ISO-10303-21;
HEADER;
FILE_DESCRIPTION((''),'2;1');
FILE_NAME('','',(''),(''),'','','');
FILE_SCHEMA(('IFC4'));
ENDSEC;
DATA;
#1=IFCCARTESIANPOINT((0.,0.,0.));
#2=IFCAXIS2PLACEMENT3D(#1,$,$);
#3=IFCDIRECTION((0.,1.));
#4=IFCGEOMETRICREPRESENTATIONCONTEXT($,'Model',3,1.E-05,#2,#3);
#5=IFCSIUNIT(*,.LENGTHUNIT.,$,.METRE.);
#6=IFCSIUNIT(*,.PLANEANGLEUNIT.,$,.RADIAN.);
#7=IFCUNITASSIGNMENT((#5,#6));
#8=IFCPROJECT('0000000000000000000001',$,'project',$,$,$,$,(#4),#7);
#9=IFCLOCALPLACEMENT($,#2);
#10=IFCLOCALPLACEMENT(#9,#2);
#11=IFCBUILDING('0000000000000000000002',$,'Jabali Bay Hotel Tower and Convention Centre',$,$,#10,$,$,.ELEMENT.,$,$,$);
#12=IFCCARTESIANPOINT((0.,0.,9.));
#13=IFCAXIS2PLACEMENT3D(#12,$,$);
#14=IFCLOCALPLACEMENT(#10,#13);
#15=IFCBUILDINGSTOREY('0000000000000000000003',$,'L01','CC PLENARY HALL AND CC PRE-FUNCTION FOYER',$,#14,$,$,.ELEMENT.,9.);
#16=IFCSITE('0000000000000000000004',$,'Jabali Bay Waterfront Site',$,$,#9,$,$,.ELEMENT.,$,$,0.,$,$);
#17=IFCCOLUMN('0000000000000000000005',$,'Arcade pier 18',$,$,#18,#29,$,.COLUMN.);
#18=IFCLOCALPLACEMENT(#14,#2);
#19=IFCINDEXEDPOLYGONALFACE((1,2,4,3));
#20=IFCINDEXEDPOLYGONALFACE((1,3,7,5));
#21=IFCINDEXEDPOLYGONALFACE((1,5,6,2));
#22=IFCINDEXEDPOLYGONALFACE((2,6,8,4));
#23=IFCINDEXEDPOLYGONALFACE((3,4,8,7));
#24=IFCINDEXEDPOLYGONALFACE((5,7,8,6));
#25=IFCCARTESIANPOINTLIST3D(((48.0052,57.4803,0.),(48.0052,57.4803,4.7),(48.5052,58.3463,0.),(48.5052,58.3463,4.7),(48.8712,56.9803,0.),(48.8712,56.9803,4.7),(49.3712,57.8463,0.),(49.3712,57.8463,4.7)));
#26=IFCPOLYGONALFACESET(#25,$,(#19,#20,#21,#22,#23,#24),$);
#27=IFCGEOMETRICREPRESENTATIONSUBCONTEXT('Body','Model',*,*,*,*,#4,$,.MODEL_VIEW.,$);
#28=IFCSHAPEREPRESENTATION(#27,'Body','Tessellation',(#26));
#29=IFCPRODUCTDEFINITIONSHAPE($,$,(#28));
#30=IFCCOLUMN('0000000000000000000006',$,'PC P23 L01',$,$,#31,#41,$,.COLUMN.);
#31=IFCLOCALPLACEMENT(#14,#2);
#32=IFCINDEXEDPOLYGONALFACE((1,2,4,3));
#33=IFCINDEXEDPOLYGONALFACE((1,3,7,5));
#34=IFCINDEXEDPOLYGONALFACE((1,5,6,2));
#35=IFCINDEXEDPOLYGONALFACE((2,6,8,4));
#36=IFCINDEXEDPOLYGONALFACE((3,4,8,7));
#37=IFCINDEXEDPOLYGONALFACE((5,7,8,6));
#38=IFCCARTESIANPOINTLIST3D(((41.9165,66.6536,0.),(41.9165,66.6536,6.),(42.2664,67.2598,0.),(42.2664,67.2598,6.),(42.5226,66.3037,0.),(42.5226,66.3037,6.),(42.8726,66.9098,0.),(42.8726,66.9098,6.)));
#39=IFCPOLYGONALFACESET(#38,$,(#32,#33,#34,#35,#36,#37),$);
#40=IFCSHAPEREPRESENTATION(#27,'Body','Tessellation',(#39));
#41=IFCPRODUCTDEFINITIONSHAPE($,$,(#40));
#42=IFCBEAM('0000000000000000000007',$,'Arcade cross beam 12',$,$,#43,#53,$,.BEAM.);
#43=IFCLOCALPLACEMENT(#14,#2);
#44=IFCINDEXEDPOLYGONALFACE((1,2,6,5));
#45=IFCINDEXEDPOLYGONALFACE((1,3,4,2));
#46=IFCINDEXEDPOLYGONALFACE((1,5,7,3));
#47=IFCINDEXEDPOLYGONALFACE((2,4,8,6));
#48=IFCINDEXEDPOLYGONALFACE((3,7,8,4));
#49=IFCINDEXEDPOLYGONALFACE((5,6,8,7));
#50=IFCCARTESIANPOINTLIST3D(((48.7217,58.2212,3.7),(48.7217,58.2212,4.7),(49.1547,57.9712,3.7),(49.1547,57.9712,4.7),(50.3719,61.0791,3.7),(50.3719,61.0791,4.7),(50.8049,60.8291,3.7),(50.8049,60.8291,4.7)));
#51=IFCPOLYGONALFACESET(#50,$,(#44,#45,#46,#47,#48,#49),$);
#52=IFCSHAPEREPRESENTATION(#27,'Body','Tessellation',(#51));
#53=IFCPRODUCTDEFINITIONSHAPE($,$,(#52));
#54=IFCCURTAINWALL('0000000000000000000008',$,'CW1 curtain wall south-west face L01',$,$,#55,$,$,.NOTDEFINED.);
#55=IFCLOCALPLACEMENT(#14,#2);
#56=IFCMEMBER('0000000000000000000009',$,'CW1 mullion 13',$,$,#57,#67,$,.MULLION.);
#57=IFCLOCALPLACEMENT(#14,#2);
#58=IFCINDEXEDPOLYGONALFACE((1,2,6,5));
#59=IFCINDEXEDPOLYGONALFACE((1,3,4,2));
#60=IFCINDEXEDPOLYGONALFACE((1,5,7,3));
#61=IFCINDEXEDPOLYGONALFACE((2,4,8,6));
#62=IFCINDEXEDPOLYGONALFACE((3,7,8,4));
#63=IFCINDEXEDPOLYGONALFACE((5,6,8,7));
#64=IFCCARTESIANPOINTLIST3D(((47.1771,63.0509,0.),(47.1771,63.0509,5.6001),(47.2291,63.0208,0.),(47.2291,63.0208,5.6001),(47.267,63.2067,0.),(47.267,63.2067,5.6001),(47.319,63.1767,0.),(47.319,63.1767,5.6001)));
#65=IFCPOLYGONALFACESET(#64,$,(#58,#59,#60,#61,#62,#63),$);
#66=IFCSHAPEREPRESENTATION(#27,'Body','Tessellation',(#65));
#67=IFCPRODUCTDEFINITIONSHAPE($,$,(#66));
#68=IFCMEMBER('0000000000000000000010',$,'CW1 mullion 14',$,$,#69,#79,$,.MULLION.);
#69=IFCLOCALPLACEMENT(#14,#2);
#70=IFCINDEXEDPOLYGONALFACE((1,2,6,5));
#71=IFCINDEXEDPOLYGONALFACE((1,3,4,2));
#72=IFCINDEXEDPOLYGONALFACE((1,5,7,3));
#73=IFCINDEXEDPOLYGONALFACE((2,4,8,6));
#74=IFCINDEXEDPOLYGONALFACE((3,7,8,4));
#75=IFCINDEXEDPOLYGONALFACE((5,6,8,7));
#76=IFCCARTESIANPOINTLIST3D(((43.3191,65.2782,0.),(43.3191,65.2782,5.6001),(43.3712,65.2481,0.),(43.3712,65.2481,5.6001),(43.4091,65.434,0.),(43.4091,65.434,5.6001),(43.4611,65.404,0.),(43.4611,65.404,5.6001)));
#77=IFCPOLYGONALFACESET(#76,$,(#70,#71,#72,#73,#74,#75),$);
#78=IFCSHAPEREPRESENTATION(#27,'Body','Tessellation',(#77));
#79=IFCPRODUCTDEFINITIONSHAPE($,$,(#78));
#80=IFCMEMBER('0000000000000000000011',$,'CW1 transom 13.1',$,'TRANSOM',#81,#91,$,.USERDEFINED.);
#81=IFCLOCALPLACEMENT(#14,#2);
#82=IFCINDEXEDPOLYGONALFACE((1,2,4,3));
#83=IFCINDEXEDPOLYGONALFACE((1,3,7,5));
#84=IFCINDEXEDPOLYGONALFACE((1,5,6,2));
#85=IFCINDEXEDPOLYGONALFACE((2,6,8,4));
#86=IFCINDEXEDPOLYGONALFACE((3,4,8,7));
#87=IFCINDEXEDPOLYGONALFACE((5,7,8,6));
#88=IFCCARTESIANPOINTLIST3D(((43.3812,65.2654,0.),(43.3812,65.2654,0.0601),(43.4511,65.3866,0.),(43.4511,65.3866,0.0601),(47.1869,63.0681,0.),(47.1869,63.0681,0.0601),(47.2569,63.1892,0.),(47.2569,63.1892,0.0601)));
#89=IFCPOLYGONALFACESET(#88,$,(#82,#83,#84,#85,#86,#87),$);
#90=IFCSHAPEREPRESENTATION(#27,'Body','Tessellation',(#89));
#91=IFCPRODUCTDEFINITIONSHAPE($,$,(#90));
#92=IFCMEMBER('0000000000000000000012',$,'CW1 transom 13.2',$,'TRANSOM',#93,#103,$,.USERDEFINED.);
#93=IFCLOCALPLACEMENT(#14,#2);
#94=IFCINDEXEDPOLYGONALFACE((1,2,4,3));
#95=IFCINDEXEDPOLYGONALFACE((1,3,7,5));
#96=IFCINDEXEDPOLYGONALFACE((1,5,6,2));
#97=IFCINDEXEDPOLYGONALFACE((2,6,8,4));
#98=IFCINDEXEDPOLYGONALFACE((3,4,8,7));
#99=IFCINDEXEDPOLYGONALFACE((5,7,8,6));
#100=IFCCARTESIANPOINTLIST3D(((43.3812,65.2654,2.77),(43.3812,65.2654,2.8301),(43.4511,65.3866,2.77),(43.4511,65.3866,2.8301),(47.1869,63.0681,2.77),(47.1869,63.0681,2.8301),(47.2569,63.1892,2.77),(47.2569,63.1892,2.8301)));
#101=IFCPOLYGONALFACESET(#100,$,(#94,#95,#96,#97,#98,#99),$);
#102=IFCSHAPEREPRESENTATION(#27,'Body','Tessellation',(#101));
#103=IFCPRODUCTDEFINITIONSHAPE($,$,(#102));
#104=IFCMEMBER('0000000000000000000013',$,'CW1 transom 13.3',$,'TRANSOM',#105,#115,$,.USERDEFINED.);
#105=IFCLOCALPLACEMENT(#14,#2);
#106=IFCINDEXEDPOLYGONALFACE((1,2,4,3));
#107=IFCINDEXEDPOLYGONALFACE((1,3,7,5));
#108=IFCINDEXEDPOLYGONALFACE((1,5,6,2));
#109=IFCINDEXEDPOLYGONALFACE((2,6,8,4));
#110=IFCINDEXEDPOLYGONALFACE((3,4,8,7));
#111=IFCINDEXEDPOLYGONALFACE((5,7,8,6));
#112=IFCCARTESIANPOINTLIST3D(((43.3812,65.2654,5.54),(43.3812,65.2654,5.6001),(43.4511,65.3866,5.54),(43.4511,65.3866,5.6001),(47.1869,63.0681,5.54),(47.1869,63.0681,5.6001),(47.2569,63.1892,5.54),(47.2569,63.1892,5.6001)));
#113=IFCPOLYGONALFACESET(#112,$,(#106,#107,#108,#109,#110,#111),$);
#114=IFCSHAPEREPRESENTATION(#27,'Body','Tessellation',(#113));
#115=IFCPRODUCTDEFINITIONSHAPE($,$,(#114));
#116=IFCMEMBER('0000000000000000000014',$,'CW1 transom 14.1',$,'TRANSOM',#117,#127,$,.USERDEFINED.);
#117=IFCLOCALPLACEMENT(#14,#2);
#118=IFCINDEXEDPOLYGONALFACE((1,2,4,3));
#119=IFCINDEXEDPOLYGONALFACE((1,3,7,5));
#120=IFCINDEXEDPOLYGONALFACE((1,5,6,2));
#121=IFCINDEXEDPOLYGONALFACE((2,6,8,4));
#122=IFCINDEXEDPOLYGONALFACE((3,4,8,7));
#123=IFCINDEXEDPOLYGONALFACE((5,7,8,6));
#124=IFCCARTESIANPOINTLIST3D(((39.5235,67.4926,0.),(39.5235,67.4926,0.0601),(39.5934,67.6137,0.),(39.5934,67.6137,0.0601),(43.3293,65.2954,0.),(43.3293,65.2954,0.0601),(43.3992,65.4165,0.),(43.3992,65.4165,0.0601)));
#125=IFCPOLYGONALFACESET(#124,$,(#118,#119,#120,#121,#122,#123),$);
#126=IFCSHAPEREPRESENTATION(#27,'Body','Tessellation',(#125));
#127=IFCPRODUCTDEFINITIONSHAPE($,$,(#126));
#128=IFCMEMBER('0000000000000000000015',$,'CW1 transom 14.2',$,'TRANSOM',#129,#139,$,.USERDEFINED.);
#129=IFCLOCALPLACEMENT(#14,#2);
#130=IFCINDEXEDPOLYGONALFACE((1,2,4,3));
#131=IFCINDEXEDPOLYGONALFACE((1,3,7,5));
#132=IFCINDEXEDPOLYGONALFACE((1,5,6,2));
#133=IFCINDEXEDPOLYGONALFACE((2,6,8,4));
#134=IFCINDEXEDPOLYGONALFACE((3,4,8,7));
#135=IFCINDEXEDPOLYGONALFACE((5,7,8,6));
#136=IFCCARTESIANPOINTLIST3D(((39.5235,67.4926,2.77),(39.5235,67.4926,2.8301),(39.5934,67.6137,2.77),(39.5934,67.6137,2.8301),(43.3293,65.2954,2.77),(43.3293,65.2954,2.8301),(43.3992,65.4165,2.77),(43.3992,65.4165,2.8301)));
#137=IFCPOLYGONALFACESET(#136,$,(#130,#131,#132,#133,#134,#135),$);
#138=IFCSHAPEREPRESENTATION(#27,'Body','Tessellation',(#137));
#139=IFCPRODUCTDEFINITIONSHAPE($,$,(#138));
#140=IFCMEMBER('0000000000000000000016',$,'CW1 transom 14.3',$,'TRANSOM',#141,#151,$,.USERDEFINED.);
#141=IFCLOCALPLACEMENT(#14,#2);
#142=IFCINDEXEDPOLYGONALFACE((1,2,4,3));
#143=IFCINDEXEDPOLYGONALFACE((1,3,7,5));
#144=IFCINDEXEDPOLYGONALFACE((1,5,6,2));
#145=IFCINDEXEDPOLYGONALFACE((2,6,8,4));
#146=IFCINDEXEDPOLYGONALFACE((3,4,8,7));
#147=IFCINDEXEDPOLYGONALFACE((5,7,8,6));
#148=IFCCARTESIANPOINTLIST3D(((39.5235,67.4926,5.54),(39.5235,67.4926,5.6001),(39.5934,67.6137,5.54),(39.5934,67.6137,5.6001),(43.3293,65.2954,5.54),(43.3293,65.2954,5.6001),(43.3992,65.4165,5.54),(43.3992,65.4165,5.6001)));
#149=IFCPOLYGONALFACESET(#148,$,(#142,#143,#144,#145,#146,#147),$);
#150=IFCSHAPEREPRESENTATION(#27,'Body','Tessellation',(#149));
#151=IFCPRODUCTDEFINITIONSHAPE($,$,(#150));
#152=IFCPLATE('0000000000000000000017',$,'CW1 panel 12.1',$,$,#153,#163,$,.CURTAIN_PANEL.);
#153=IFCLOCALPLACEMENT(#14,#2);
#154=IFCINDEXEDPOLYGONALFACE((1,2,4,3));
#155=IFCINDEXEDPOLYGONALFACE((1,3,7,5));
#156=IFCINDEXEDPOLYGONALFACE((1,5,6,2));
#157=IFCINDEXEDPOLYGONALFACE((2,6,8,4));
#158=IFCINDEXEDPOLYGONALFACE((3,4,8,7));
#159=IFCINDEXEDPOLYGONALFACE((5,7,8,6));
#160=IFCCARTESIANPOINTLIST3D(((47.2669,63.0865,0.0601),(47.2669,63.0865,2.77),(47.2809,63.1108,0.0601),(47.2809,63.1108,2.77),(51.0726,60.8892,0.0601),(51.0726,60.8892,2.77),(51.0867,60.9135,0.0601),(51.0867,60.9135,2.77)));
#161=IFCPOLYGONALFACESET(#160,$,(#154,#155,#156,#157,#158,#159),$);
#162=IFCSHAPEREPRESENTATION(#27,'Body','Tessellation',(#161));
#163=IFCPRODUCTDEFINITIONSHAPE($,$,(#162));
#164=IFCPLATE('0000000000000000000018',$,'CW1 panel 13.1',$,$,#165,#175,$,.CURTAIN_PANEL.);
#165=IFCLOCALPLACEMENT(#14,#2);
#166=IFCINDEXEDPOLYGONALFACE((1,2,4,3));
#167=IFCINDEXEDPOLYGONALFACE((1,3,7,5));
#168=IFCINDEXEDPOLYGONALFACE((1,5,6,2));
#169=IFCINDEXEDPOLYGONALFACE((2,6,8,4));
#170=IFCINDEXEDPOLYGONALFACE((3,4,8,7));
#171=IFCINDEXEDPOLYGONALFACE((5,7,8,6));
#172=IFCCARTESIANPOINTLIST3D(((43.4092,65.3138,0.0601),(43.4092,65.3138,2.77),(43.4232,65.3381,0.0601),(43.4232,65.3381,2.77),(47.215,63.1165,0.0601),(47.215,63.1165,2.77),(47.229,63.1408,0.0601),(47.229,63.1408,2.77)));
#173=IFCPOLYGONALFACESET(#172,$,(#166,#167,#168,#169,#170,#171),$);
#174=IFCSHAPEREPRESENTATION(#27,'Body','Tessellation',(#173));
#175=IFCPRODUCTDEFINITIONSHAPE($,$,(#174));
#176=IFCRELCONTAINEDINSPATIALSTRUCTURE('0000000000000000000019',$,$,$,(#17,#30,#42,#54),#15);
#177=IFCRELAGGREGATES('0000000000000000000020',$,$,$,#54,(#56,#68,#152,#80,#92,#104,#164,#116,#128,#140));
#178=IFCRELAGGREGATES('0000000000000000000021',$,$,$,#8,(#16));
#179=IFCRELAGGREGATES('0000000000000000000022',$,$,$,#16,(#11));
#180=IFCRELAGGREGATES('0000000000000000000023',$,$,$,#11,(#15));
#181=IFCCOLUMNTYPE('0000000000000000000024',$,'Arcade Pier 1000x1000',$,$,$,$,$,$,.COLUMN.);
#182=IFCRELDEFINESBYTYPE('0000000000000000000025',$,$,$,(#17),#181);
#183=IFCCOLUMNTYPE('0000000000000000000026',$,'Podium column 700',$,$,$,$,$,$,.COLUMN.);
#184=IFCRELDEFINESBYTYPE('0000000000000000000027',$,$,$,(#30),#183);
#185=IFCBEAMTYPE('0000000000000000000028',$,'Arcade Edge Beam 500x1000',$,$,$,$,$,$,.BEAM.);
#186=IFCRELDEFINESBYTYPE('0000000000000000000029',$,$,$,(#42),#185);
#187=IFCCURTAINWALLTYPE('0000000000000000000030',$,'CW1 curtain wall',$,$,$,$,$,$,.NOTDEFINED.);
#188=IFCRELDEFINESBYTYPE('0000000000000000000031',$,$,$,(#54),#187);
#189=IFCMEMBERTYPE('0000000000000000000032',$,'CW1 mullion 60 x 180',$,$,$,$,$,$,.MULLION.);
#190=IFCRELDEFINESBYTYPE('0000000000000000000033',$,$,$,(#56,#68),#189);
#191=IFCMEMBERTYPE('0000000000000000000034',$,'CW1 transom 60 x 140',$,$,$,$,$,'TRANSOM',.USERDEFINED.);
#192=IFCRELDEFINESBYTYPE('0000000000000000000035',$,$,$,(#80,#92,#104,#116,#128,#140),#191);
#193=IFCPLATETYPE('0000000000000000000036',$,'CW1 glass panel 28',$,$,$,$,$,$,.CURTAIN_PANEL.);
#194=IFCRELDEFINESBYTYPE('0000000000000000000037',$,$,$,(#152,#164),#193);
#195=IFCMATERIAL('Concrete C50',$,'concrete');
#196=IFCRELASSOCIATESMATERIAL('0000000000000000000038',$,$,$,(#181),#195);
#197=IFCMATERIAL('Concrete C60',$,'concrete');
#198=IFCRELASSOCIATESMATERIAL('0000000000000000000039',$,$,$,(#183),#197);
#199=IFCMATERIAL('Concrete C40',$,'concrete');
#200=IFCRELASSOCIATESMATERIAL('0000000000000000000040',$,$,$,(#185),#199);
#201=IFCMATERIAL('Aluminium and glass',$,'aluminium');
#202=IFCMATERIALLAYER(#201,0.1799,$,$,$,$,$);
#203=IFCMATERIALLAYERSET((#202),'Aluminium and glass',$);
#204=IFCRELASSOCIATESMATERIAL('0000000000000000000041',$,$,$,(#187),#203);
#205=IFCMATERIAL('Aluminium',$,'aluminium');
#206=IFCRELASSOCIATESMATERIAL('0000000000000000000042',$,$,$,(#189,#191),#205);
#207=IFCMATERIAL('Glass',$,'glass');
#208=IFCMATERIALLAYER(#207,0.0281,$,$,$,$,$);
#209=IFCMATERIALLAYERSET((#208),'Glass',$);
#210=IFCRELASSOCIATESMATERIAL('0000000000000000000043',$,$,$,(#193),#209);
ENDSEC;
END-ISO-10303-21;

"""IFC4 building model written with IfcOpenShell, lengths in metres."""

from ifc_helpers import new_model, si_unit, direction, frame, origin, origin_2d, place, context, subcontext, project, spatial, rectangle, extrude, material, layer, layer_set, material_profile, profile_set, type_object, element, aggregate, save


model = new_model("IFC4")

# Units and contexts
model_context = context("Model", 3, precision=1e-05, world=origin(), true_north=direction((0.0, 1.0)))
body_context = subcontext(model_context, "Body", "Model", "MODEL_VIEW")
ifc_project = project(units=[si_unit("LENGTHUNIT", "METRE"), si_unit("PLANEANGLEUNIT", "RADIAN")], contexts=[model_context])

# Site, building, storey
site_placement = place(None, origin())
site = spatial("IfcSite", under=ifc_project, at=site_placement, Name="Jabali Bay Waterfront Site", CompositionType="ELEMENT", RefElevation=0.0)
building_placement = place(site_placement, origin())
building = spatial("IfcBuilding", under=site, at=building_placement, Name="Jabali Bay Hotel Tower and Convention Centre", CompositionType="ELEMENT")
storey_placement = place(building_placement, frame((0.0, 0.0, 9.0)))
storey = spatial("IfcBuildingStorey", under=building, at=storey_placement, Name="L01", Description="CC PLENARY HALL AND CC PRE-FUNCTION FOYER", CompositionType="ELEMENT", Elevation=9.0)

# Columns
ifc_material_1 = material(Name="Concrete C50", Category="concrete")
ifc_material_profile_1 = material_profile(ifc_material_1, rectangle(XDim=1.0, YDim=1.0, at=origin_2d()), Name="RC 1000x1000")
ifc_profile_set_1 = profile_set([ifc_material_profile_1], Name="Concrete C50")
column_type_1 = type_object("IfcColumnType", Name="Arcade Pier 1000x1000", PredefinedType="COLUMN", material=ifc_profile_set_1)
column_1_placement = place(storey_placement, frame((48.6882, 57.6633, 0.0), z_axis=(0.0, 0.0, 1.0), x_axis=(0.866025, -0.5, 0.0)))
element("IfcColumn", 1, at=column_1_placement, inside=storey, type_object=column_type_1, Name="Arcade pier 18", PredefinedType="COLUMN", context=body_context, shape_type="SweptSolid", body=[
    extrude(rectangle(XDim=1.0, YDim=1.0, at=origin_2d()), origin(), (0.0, 0.0, 1.0), 4.7),
])
ifc_material_2 = material(Name="Concrete C60", Category="concrete")
ifc_material_profile_2 = material_profile(ifc_material_2, rectangle(XDim=0.7, YDim=0.7, at=origin_2d()), Name="Podium column 700")
ifc_profile_set_2 = profile_set([ifc_material_profile_2], Name="Concrete C60")
column_type_2 = type_object("IfcColumnType", Name="Podium column 700", PredefinedType="COLUMN", material=ifc_profile_set_2)
column_2_placement = place(storey_placement, frame((42.3945, 66.7817, 0.0), z_axis=(0.0, 0.0, 1.0), x_axis=(0.5, 0.866025, 0.0)))
element("IfcColumn", 2, at=column_2_placement, inside=storey, type_object=column_type_2, Name="PC P23 L01", PredefinedType="COLUMN", context=body_context, shape_type="SweptSolid", body=[
    extrude(rectangle(XDim=0.7, YDim=0.7, at=origin_2d()), origin(), (0.0, 0.0, 1.0), 6.0),
])

# Beam
ifc_material_3 = material(Name="Concrete C40", Category="concrete")
ifc_material_profile_3 = material_profile(ifc_material_3, rectangle(XDim=0.5, YDim=1.0, at=origin_2d()), Name="RC 500x1000")
ifc_profile_set_3 = profile_set([ifc_material_profile_3], Name="Concrete C40")
beam_type = type_object("IfcBeamType", Name="Arcade Edge Beam 500x1000", PredefinedType="BEAM", material=ifc_profile_set_3)
beam_placement = place(storey_placement, frame((48.9382, 58.0962, 4.2), z_axis=(0.50003, 0.866008, 0.0), x_axis=(-0.866008, 0.50003, 0.0)))
element("IfcBeam", 3, at=beam_placement, inside=storey, type_object=beam_type, Name="Arcade cross beam 12", PredefinedType="BEAM", context=body_context, shape_type="SweptSolid", body=[
    extrude(rectangle(XDim=0.5, YDim=1.0, at=origin_2d()), origin(), (0.0, 0.0, 1.0), 3.3),
])

# Curtain wall, members, plates
ifc_material_4 = material(Name="Aluminium and glass", Category="aluminium")
ifc_layer_1 = layer(ifc_material_4, 0.1799)
ifc_layer_set_1 = layer_set([ifc_layer_1], Name="Aluminium and glass")
curtain_wall_type = type_object("IfcCurtainWallType", Name="CW1 curtain wall", PredefinedType="NOTDEFINED", material=ifc_layer_set_1)
curtain_wall_placement = place(storey_placement, origin())
curtain_wall = element("IfcCurtainWall", 4, at=curtain_wall_placement, inside=storey, type_object=curtain_wall_type, Name="CW1 curtain wall south-west face L01", PredefinedType="NOTDEFINED")
ifc_material_5 = material(Name="Aluminium", Category="aluminium")
ifc_material_profile_4 = material_profile(ifc_material_5, rectangle(XDim=0.1799, YDim=0.0601, at=origin_2d()), Name="CW1 mullion 60 x 180")
ifc_profile_set_4 = profile_set([ifc_material_profile_4], Name="Aluminium")
member_type_1 = type_object("IfcMemberType", Name="CW1 mullion 60 x 180", PredefinedType="MULLION", material=ifc_profile_set_4)
member_1_placement = place(storey_placement, frame((47.248, 63.1138, 0.0), z_axis=(0.0, 0.0, 1.0), x_axis=(-0.5, -0.866025, 0.0)))
member_1 = element("IfcMember", 5, at=member_1_placement, type_object=member_type_1, Name="CW1 mullion 13", PredefinedType="MULLION", context=body_context, shape_type="SweptSolid", body=[
    extrude(rectangle(XDim=0.1799, YDim=0.0601, at=origin_2d()), origin(), (0.0, 0.0, 1.0), 5.6001),
])
member_2_placement = place(storey_placement, frame((43.3901, 65.3411, 0.0), z_axis=(0.0, 0.0, 1.0), x_axis=(-0.5, -0.866025, 0.0)))
member_2 = element("IfcMember", 6, at=member_2_placement, type_object=member_type_1, Name="CW1 mullion 14", PredefinedType="MULLION", context=body_context, shape_type="SweptSolid", body=[
    extrude(rectangle(XDim=0.1799, YDim=0.0601, at=origin_2d()), origin(), (0.0, 0.0, 1.0), 5.6001),
])
ifc_material_profile_5 = material_profile(ifc_material_5, rectangle(XDim=0.1399, YDim=0.0601, at=origin_2d()), Name="CW1 transom 60 x 140")
ifc_profile_set_5 = profile_set([ifc_material_profile_5], Name="Aluminium")
member_type_2 = type_object("IfcMemberType", Name="CW1 transom 60 x 140", ElementType="TRANSOM", PredefinedType="USERDEFINED", material=ifc_profile_set_5)
member_3_placement = place(storey_placement, frame((47.2219, 63.1287, 0.03), z_axis=(-0.866019, 0.500011, 0.0), x_axis=(-0.500011, -0.866019, 0.0)))
member_3 = element("IfcMember", 7, at=member_3_placement, type_object=member_type_2, Name="CW1 transom 13.1", ObjectType="TRANSOM", PredefinedType="USERDEFINED", context=body_context, shape_type="SweptSolid", body=[
    extrude(rectangle(XDim=0.1399, YDim=0.0601, at=origin_2d()), origin(), (0.0, 0.0, 1.0), 4.3945),
])
member_4_placement = place(storey_placement, frame((47.2219, 63.1287, 2.8), z_axis=(-0.866019, 0.500011, 0.0), x_axis=(-0.500011, -0.866019, 0.0)))
member_4 = element("IfcMember", 8, at=member_4_placement, type_object=member_type_2, Name="CW1 transom 13.2", ObjectType="TRANSOM", PredefinedType="USERDEFINED", context=body_context, shape_type="SweptSolid", body=[
    extrude(rectangle(XDim=0.1399, YDim=0.0601, at=origin_2d()), origin(), (0.0, 0.0, 1.0), 4.3945),
])
member_5_placement = place(storey_placement, frame((47.2219, 63.1287, 5.5701), z_axis=(-0.866019, 0.500011, 0.0), x_axis=(-0.500011, -0.866019, 0.0)))
member_5 = element("IfcMember", 9, at=member_5_placement, type_object=member_type_2, Name="CW1 transom 13.3", ObjectType="TRANSOM", PredefinedType="USERDEFINED", context=body_context, shape_type="SweptSolid", body=[
    extrude(rectangle(XDim=0.1399, YDim=0.0601, at=origin_2d()), origin(), (0.0, 0.0, 1.0), 4.3945),
])
member_6_placement = place(storey_placement, frame((43.3643, 65.356, 0.03), z_axis=(-0.866033, 0.499987, 0.0), x_axis=(-0.499987, -0.866033, 0.0)))
member_6 = element("IfcMember", 10, at=member_6_placement, type_object=member_type_2, Name="CW1 transom 14.1", ObjectType="TRANSOM", PredefinedType="USERDEFINED", context=body_context, shape_type="SweptSolid", body=[
    extrude(rectangle(XDim=0.1399, YDim=0.0601, at=origin_2d()), origin(), (0.0, 0.0, 1.0), 4.3945),
])
member_7_placement = place(storey_placement, frame((43.3643, 65.356, 2.8), z_axis=(-0.866033, 0.499987, 0.0), x_axis=(-0.499987, -0.866033, 0.0)))
member_7 = element("IfcMember", 11, at=member_7_placement, type_object=member_type_2, Name="CW1 transom 14.2", ObjectType="TRANSOM", PredefinedType="USERDEFINED", context=body_context, shape_type="SweptSolid", body=[
    extrude(rectangle(XDim=0.1399, YDim=0.0601, at=origin_2d()), origin(), (0.0, 0.0, 1.0), 4.3945),
])
member_8_placement = place(storey_placement, frame((43.3643, 65.356, 5.5701), z_axis=(-0.866033, 0.499987, 0.0), x_axis=(-0.499987, -0.866033, 0.0)))
member_8 = element("IfcMember", 12, at=member_8_placement, type_object=member_type_2, Name="CW1 transom 14.3", ObjectType="TRANSOM", PredefinedType="USERDEFINED", context=body_context, shape_type="SweptSolid", body=[
    extrude(rectangle(XDim=0.1399, YDim=0.0601, at=origin_2d()), origin(), (0.0, 0.0, 1.0), 4.3945),
])
ifc_material_6 = material(Name="Glass", Category="glass")
ifc_layer_2 = layer(ifc_material_6, 0.0281)
ifc_layer_set_2 = layer_set([ifc_layer_2], Name="Glass")
plate_type = type_object("IfcPlateType", Name="CW1 glass panel 28", PredefinedType="CURTAIN_PANEL", material=ifc_layer_set_2)
plate_1_placement = place(storey_placement, frame((49.1768, 62.0, 0.0601), z_axis=(0.0, 0.0, 1.0), x_axis=(-0.866025, 0.5, 0.0)))
plate_1 = element("IfcPlate", 13, at=plate_1_placement, type_object=plate_type, Name="CW1 panel 12.1", PredefinedType="CURTAIN_PANEL", context=body_context, shape_type="SweptSolid", body=[
    extrude(rectangle(XDim=4.3945, YDim=0.0281, at=origin_2d()), origin(), (0.0, 0.0, 1.0), 2.71),
])
plate_2_placement = place(storey_placement, frame((45.3191, 64.2273, 0.0601), z_axis=(0.0, 0.0, 1.0), x_axis=(-0.866025, 0.5, 0.0)))
plate_2 = element("IfcPlate", 14, at=plate_2_placement, type_object=plate_type, Name="CW1 panel 13.1", PredefinedType="CURTAIN_PANEL", context=body_context, shape_type="SweptSolid", body=[
    extrude(rectangle(XDim=4.3945, YDim=0.0281, at=origin_2d()), origin(), (0.0, 0.0, 1.0), 2.71),
])
aggregate(curtain_wall, [member_1, member_2, plate_1, member_3, member_4, member_5, plate_2, member_6, member_7, member_8])

save(model, "model.ifc")
